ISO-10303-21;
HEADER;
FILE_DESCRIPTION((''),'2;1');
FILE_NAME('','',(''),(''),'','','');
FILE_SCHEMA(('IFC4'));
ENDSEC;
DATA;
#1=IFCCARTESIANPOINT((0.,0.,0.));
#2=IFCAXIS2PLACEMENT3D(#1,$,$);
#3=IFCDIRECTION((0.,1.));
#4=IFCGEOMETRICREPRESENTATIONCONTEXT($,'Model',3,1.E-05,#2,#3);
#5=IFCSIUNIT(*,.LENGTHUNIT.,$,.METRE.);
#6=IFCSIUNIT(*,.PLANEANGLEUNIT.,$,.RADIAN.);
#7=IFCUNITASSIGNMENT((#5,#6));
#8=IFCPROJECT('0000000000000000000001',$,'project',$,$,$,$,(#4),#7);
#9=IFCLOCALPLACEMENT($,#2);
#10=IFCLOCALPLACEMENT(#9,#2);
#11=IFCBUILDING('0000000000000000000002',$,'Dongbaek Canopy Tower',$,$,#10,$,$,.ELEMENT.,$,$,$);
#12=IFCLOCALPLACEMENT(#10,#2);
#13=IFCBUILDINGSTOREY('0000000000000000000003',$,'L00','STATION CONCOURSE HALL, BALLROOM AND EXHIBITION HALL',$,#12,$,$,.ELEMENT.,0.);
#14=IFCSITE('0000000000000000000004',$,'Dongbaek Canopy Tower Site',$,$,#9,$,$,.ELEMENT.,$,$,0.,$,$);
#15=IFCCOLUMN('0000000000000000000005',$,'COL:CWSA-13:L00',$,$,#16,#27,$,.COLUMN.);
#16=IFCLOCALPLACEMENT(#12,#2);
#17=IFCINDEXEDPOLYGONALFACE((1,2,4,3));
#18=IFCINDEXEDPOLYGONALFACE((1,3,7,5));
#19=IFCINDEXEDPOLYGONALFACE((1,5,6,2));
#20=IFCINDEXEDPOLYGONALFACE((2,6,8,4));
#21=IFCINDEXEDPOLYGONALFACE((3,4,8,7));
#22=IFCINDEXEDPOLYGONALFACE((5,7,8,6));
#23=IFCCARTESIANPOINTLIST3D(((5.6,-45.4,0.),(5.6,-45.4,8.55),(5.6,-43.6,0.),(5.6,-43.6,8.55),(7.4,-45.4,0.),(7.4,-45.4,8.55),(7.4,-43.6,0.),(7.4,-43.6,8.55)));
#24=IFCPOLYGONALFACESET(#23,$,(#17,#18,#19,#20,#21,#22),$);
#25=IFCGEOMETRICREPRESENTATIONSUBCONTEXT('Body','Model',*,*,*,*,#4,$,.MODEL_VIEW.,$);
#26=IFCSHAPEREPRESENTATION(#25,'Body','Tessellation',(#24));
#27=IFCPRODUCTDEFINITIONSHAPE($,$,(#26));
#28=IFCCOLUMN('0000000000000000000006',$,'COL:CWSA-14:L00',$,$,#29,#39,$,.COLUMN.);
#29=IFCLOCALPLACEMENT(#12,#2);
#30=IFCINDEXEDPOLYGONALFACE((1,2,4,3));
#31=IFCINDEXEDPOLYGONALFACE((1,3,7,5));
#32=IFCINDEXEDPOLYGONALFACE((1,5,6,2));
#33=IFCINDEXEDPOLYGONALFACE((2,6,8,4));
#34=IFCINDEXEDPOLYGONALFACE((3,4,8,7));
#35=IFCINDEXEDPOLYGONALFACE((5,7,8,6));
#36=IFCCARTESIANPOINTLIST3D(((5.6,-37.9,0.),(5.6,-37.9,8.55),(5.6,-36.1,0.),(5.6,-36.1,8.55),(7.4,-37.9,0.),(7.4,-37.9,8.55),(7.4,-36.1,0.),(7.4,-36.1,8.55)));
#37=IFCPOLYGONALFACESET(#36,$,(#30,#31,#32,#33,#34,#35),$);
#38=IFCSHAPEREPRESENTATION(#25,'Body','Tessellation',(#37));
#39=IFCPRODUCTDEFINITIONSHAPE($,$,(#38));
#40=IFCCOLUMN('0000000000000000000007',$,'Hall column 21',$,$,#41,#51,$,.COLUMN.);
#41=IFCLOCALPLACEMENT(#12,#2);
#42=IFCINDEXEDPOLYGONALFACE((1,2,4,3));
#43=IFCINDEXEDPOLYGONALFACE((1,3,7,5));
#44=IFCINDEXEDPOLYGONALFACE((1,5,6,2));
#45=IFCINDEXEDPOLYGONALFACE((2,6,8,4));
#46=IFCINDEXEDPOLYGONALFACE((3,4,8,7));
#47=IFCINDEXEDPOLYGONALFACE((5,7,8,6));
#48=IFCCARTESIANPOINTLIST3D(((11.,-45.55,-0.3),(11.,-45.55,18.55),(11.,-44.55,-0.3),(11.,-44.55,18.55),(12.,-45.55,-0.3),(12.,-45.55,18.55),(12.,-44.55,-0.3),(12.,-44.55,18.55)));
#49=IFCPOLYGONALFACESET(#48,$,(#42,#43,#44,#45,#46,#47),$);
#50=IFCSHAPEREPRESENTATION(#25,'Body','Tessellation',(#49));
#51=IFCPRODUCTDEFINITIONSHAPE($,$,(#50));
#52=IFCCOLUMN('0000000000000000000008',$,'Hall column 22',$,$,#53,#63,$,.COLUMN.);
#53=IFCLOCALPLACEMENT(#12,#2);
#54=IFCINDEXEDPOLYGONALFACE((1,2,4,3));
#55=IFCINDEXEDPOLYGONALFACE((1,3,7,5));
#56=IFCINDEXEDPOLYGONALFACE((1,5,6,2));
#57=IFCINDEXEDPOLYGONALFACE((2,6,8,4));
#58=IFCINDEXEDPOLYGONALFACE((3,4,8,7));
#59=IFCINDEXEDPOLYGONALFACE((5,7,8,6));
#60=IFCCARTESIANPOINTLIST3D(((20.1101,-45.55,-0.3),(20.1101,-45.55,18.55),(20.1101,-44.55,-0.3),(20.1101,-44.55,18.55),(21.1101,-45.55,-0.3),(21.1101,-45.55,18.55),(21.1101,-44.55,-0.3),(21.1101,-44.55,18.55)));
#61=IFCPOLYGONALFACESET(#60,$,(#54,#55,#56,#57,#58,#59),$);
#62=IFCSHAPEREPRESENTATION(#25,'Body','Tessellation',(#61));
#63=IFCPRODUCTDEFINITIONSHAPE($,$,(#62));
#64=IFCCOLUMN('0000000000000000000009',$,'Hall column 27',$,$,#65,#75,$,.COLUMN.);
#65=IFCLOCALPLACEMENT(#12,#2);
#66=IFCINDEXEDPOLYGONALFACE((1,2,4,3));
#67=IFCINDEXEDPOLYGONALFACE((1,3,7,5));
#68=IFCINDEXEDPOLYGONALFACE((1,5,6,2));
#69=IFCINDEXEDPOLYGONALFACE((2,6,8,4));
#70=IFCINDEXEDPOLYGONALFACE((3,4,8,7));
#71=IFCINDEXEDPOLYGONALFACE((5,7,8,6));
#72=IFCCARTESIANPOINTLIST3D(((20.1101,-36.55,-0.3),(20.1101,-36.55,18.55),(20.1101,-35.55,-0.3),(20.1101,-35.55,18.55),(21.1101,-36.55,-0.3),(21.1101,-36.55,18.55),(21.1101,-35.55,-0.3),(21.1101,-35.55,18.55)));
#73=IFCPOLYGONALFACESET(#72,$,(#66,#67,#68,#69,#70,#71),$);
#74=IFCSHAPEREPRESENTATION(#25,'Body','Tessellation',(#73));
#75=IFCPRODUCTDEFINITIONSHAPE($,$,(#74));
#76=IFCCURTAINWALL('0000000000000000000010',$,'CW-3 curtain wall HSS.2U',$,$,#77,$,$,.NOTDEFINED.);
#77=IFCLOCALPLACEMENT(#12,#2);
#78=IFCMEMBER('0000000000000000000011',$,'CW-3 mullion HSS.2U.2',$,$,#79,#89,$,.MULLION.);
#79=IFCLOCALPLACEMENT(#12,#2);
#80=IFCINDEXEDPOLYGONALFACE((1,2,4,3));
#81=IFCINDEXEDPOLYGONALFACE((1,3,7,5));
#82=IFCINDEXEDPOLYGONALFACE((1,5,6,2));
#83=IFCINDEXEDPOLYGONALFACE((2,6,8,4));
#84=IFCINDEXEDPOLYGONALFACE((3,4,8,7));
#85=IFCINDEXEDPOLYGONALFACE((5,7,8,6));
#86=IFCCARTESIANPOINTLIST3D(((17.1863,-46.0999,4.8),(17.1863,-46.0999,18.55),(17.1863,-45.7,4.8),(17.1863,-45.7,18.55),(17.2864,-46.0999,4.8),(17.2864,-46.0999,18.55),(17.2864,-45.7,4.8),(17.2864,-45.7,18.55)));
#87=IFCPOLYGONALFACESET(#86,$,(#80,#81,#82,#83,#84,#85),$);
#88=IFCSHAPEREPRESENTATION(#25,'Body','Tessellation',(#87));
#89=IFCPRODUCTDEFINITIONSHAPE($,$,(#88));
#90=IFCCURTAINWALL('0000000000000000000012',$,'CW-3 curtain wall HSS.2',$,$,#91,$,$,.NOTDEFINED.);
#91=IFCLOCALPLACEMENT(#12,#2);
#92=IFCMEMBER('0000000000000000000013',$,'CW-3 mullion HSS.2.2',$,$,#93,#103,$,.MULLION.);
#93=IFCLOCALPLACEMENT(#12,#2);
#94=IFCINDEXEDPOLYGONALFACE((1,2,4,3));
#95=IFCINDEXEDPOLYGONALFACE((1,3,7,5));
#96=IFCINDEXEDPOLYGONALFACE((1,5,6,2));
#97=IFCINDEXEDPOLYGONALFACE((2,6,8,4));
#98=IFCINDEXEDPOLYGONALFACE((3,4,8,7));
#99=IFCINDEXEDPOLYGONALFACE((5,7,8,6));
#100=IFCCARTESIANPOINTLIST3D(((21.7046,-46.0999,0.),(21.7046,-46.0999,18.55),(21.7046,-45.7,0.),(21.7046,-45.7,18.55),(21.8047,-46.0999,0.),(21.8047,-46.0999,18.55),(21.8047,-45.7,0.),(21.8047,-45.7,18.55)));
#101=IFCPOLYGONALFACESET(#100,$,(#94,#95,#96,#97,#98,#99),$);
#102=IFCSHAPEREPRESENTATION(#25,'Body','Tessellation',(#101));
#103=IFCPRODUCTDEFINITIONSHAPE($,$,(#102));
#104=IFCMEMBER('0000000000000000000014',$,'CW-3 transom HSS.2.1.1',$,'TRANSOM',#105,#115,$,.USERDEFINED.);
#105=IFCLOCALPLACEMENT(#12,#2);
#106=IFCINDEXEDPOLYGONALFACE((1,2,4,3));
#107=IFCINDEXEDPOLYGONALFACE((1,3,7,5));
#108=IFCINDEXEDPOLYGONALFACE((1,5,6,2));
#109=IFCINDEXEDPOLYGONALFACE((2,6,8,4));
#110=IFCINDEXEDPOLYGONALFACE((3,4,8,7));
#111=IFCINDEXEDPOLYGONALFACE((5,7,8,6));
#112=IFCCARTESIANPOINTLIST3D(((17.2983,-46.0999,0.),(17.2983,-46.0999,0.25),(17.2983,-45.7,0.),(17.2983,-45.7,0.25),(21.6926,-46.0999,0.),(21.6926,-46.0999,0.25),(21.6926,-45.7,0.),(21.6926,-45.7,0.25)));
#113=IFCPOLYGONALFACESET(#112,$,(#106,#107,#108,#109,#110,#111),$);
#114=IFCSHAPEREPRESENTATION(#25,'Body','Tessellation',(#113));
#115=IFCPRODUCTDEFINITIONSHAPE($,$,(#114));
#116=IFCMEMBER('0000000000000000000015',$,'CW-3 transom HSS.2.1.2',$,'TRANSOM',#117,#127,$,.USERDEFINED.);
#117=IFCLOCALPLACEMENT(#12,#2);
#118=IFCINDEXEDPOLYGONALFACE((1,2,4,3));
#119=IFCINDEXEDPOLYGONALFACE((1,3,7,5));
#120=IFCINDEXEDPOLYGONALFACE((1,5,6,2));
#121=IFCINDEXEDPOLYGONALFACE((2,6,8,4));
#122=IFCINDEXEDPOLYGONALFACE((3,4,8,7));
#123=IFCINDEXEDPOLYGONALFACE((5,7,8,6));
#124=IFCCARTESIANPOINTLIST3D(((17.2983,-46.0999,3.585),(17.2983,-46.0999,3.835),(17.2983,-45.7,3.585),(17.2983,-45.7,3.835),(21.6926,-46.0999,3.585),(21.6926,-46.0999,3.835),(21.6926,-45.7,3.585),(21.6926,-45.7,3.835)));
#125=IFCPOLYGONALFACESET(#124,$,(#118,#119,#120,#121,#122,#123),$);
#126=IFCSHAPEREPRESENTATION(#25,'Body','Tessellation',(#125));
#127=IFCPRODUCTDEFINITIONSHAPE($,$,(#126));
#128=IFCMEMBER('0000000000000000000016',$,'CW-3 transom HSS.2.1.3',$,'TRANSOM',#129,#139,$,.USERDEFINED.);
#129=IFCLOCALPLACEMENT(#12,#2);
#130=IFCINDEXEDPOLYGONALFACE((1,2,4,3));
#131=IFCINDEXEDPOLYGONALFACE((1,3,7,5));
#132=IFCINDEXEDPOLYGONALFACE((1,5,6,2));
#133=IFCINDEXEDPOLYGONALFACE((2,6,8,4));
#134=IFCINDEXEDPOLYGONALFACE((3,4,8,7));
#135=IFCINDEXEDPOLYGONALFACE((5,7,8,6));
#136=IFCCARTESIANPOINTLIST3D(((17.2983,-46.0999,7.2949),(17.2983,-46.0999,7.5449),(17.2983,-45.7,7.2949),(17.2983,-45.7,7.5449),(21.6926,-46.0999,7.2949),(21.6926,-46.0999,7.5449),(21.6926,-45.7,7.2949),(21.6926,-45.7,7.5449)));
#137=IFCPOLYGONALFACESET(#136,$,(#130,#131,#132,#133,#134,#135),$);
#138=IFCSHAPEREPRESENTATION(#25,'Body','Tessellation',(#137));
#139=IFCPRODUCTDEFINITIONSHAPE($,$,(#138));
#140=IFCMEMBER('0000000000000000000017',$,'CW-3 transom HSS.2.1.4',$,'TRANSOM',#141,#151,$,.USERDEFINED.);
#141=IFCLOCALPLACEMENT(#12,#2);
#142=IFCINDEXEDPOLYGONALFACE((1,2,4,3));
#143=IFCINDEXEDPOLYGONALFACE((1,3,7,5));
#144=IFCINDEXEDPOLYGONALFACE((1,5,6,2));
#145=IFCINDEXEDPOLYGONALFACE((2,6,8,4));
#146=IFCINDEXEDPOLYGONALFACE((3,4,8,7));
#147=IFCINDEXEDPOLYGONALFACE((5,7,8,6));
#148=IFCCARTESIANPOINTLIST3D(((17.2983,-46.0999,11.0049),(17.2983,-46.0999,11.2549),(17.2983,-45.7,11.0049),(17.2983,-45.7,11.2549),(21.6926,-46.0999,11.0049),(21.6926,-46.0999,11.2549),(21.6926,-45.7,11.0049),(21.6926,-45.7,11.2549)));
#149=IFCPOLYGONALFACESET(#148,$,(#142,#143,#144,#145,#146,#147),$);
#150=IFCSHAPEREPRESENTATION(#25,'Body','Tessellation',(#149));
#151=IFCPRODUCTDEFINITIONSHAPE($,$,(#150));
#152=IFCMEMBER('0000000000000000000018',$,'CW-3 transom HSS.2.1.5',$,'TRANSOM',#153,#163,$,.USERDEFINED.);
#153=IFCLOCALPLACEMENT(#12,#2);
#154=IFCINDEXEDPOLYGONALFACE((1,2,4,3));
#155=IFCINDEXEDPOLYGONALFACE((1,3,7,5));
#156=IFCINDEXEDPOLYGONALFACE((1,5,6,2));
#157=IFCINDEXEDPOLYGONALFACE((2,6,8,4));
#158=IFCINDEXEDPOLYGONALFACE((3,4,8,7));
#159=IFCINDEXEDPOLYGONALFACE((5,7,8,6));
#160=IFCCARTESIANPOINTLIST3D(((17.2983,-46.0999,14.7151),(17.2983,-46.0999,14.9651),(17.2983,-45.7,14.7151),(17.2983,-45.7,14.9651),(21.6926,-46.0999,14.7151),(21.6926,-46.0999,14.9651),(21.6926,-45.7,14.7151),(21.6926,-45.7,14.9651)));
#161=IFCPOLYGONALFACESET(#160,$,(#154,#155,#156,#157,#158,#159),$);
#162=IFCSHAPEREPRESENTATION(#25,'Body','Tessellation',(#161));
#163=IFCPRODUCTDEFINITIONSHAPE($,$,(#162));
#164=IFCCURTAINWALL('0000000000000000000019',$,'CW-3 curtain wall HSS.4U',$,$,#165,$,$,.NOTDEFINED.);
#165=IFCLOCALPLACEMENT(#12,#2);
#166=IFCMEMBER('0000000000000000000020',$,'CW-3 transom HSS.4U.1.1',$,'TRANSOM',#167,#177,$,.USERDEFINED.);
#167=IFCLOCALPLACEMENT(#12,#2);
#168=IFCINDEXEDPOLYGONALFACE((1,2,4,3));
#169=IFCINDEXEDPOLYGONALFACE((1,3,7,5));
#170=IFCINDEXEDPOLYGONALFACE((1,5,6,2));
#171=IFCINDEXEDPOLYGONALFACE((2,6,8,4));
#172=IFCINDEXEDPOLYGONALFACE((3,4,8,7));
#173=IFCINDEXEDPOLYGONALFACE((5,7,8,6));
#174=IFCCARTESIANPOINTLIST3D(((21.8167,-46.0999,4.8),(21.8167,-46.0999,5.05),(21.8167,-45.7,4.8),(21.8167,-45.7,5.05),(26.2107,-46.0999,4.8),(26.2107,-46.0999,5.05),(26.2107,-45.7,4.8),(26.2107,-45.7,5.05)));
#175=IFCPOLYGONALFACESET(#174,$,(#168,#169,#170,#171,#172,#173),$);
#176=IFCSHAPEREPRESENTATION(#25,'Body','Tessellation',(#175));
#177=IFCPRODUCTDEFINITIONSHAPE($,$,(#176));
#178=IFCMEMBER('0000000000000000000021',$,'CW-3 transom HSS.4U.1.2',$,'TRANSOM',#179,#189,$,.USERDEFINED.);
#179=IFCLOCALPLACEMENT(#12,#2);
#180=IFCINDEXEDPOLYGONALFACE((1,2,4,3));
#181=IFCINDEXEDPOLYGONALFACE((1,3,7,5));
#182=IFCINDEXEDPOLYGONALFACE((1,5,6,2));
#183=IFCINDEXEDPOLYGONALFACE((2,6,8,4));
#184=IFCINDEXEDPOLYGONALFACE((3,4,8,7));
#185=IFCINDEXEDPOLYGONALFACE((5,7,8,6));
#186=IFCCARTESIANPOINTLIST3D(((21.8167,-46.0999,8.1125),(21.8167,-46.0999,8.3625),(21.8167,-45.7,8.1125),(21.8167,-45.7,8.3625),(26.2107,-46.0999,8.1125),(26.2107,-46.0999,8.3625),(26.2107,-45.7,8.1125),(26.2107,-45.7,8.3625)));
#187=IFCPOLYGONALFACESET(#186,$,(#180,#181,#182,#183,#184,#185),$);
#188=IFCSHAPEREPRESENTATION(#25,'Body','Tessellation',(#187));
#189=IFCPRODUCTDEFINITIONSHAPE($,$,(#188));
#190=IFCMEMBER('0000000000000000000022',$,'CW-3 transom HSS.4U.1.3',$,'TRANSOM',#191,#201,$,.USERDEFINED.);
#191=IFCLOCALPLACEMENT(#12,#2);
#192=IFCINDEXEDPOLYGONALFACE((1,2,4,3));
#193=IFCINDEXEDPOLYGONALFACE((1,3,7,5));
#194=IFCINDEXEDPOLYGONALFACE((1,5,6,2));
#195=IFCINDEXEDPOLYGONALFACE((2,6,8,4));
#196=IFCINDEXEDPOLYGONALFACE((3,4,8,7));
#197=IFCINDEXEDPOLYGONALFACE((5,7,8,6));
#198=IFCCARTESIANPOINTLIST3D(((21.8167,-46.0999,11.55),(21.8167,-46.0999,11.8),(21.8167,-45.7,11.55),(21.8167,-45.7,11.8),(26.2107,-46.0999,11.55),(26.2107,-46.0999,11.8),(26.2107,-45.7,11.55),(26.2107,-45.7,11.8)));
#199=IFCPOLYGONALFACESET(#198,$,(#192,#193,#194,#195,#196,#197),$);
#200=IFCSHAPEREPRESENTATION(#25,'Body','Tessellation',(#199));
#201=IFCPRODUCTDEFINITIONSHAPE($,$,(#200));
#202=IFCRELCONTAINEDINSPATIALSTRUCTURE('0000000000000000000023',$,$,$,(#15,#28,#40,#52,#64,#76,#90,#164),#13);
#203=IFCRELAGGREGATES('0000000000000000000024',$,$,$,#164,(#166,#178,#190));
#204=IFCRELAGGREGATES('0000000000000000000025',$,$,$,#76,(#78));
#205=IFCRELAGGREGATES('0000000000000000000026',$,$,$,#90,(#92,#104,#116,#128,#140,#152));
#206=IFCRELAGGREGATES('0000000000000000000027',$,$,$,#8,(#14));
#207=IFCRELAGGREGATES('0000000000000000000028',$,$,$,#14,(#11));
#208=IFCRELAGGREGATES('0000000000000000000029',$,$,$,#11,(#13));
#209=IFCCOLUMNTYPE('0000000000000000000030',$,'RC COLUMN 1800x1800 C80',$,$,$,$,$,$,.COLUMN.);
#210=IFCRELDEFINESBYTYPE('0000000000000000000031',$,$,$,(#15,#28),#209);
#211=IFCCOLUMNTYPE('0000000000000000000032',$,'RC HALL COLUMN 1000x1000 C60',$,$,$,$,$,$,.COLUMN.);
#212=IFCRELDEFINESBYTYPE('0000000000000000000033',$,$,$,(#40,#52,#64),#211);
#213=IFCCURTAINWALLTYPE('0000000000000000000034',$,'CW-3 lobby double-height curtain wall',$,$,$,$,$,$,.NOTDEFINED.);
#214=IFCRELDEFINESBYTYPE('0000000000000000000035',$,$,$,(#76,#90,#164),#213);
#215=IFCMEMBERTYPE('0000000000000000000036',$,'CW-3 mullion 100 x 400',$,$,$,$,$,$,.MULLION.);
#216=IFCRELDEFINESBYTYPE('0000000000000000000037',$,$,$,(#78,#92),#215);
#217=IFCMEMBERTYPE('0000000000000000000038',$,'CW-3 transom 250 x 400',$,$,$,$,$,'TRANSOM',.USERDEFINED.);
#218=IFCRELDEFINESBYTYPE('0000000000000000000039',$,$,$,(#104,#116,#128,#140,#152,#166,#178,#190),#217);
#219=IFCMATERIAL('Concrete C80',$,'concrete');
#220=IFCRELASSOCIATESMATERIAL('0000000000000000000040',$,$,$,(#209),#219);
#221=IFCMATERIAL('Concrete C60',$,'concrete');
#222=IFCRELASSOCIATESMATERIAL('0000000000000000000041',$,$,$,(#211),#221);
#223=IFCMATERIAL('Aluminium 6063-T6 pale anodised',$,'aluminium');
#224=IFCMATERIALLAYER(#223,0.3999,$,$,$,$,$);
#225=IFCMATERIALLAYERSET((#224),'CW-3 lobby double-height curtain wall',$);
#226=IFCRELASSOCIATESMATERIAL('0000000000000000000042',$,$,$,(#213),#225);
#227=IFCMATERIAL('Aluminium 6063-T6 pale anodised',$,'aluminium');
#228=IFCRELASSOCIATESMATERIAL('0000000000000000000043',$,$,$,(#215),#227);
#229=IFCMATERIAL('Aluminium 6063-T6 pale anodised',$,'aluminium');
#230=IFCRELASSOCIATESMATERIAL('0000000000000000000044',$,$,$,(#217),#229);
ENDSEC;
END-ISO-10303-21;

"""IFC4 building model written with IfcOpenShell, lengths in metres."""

from ifc_helpers import new_model, si_unit, direction, frame, origin, origin_2d, place, context, subcontext, project, spatial, rectangle, extrude, material, layer, layer_set, material_profile, profile_set, type_object, element, aggregate, save


model = new_model("IFC4")

# Units and contexts
model_context = context("Model", 3, precision=1e-05, world=origin(), true_north=direction((0.0, 1.0)))
body_context = subcontext(model_context, "Body", "Model", "MODEL_VIEW")
ifc_project = project(units=[si_unit("LENGTHUNIT", "METRE"), si_unit("PLANEANGLEUNIT", "RADIAN")], contexts=[model_context])

# Site, building, storey
site_placement = place(None, origin())
site = spatial("IfcSite", under=ifc_project, at=site_placement, Name="Dongbaek Canopy Tower Site", CompositionType="ELEMENT", RefElevation=0.0)
building_placement = place(site_placement, origin())
building = spatial("IfcBuilding", under=site, at=building_placement, Name="Dongbaek Canopy Tower", CompositionType="ELEMENT")
storey_placement = place(building_placement, origin())
storey = spatial("IfcBuildingStorey", under=building, at=storey_placement, Name="L00", Description="STATION CONCOURSE HALL, BALLROOM AND EXHIBITION HALL", CompositionType="ELEMENT", Elevation=0.0)

# Columns
ifc_material_1 = material(Name="Concrete C80", Category="concrete")
ifc_material_profile_1 = material_profile(ifc_material_1, rectangle(XDim=1.8, YDim=1.8, at=origin_2d()), Name="RC COLUMN 1800x1800 C80")
ifc_profile_set_1 = profile_set([ifc_material_profile_1], Name="Concrete C80")
column_type_1 = type_object("IfcColumnType", Name="RC COLUMN 1800x1800 C80", PredefinedType="COLUMN", material=ifc_profile_set_1)
for number, where, z_axis, x_axis, name in (
    (1, (6.5, -44.5, 0.0), (0.0, 0.0, 1.0), (1.0, 0.0, 0.0), "COL:CWSA-13:L00"),
    (2, (6.5, -37.0, 0.0), (0.0, 0.0, 1.0), (1.0, 0.0, 0.0), "COL:CWSA-14:L00"),
):
    element("IfcColumn", number, at=place(storey_placement, frame(where, z_axis=z_axis, x_axis=x_axis)), inside=storey, type_object=column_type_1, Name=name, PredefinedType="COLUMN", context=body_context, shape_type="SweptSolid", body=[
        extrude(rectangle(XDim=1.8, YDim=1.8, at=origin_2d()), origin(), (0.0, 0.0, 1.0), 8.55),
    ])
ifc_material_2 = material(Name="Concrete C60", Category="concrete")
ifc_material_profile_2 = material_profile(ifc_material_2, rectangle(XDim=1.0, YDim=1.0, at=origin_2d()), Name="RC HALL COLUMN 1000x1000 C60")
ifc_profile_set_2 = profile_set([ifc_material_profile_2], Name="Concrete C60")
column_type_2 = type_object("IfcColumnType", Name="RC HALL COLUMN 1000x1000 C60", PredefinedType="COLUMN", material=ifc_profile_set_2)
for number, where, z_axis, x_axis, name in (
    (3, (11.5, -45.05, -0.3), (0.0, 0.0, 1.0), (1.0, 0.0, 0.0), "Hall column 21"),
    (4, (20.6101, -45.05, -0.3), (0.0, 0.0, 1.0), (1.0, 0.0, 0.0), "Hall column 22"),
    (5, (20.6101, -36.05, -0.3), (0.0, 0.0, 1.0), (1.0, 0.0, 0.0), "Hall column 27"),
):
    element("IfcColumn", number, at=place(storey_placement, frame(where, z_axis=z_axis, x_axis=x_axis)), inside=storey, type_object=column_type_2, Name=name, PredefinedType="COLUMN", context=body_context, shape_type="SweptSolid", body=[
        extrude(rectangle(XDim=1.0, YDim=1.0, at=origin_2d()), origin(), (0.0, 0.0, 1.0), 18.8501),
    ])

# Curtain wall, member
ifc_material_3 = material(Name="Aluminium 6063-T6 pale anodised", Category="aluminium")
ifc_layer_1 = layer(ifc_material_3, 0.3999)
ifc_layer_set_1 = layer_set([ifc_layer_1], Name="CW-3 lobby double-height curtain wall")
curtain_wall_type = type_object("IfcCurtainWallType", Name="CW-3 lobby double-height curtain wall", PredefinedType="NOTDEFINED", material=ifc_layer_set_1)
curtain_wall_1_placement = place(storey_placement, origin())
curtain_wall_1 = element("IfcCurtainWall", 6, at=curtain_wall_1_placement, inside=storey, type_object=curtain_wall_type, Name="CW-3 curtain wall HSS.2U", PredefinedType="NOTDEFINED")
ifc_material_4 = material(Name="Aluminium 6063-T6 pale anodised", Category="aluminium")
ifc_material_profile_3 = material_profile(ifc_material_4, rectangle(XDim=0.3999, YDim=0.1001, at=origin_2d()), Name="CW-3 mullion 100 x 400")
ifc_profile_set_3 = profile_set([ifc_material_profile_3], Name="Aluminium 6063-T6 pale anodised")
member_type_1 = type_object("IfcMemberType", Name="CW-3 mullion 100 x 400", PredefinedType="MULLION", material=ifc_profile_set_3)
member_1_placement = place(storey_placement, frame((17.2363, -45.8999, 4.8), z_axis=(0.0, 0.0, 1.0), x_axis=(0.0, -1.0, 0.0)))
member_1 = element("IfcMember", 7, at=member_1_placement, type_object=member_type_1, Name="CW-3 mullion HSS.2U.2", PredefinedType="MULLION", context=body_context, shape_type="SweptSolid", body=[
    extrude(rectangle(XDim=0.3999, YDim=0.1001, at=origin_2d()), origin(), (0.0, 0.0, 1.0), 13.75),
])

# Curtain walls, members
curtain_wall_2_placement = place(storey_placement, origin())
curtain_wall_2 = element("IfcCurtainWall", 8, at=curtain_wall_2_placement, inside=storey, type_object=curtain_wall_type, Name="CW-3 curtain wall HSS.2", PredefinedType="NOTDEFINED")
member_2_placement = place(storey_placement, frame((21.7546, -45.8999, 0.0), z_axis=(0.0, 0.0, 1.0), x_axis=(0.0, -1.0, 0.0)))
member_2 = element("IfcMember", 9, at=member_2_placement, type_object=member_type_1, Name="CW-3 mullion HSS.2.2", PredefinedType="MULLION", context=body_context, shape_type="SweptSolid", body=[
    extrude(rectangle(XDim=0.3999, YDim=0.1001, at=origin_2d()), origin(), (0.0, 0.0, 1.0), 18.55),
])
ifc_material_5 = material(Name="Aluminium 6063-T6 pale anodised", Category="aluminium")
ifc_material_profile_4 = material_profile(ifc_material_5, rectangle(XDim=0.3999, YDim=0.25, at=origin_2d()), Name="CW-3 transom 250 x 400")
ifc_profile_set_4 = profile_set([ifc_material_profile_4], Name="Aluminium 6063-T6 pale anodised")
member_type_2 = type_object("IfcMemberType", Name="CW-3 transom 250 x 400", ElementType="TRANSOM", PredefinedType="USERDEFINED", material=ifc_profile_set_4)
member_3_placement = place(storey_placement, frame((17.2983, -45.8999, 0.125), z_axis=(1.0, 0.0, 0.0), x_axis=(0.0, 1.0, 0.0)))
member_3 = element("IfcMember", 10, at=member_3_placement, type_object=member_type_2, Name="CW-3 transom HSS.2.1.1", ObjectType="TRANSOM", PredefinedType="USERDEFINED", context=body_context, shape_type="SweptSolid", body=[
    extrude(rectangle(XDim=0.3999, YDim=0.25, at=origin_2d()), origin(), (0.0, 0.0, 1.0), 4.3943),
])
member_4_placement = place(storey_placement, frame((17.2983, -45.8999, 3.71), z_axis=(1.0, 0.0, 0.0), x_axis=(0.0, 1.0, 0.0)))
member_4 = element("IfcMember", 11, at=member_4_placement, type_object=member_type_2, Name="CW-3 transom HSS.2.1.2", ObjectType="TRANSOM", PredefinedType="USERDEFINED", context=body_context, shape_type="SweptSolid", body=[
    extrude(rectangle(XDim=0.3999, YDim=0.25, at=origin_2d()), origin(), (0.0, 0.0, 1.0), 4.3943),
])
member_5_placement = place(storey_placement, frame((17.2983, -45.8999, 7.4199), z_axis=(1.0, 0.0, 0.0), x_axis=(0.0, 1.0, 0.0)))
member_5 = element("IfcMember", 12, at=member_5_placement, type_object=member_type_2, Name="CW-3 transom HSS.2.1.3", ObjectType="TRANSOM", PredefinedType="USERDEFINED", context=body_context, shape_type="SweptSolid", body=[
    extrude(rectangle(XDim=0.3999, YDim=0.25, at=origin_2d()), origin(), (0.0, 0.0, 1.0), 4.3943),
])
member_6_placement = place(storey_placement, frame((17.2983, -45.8999, 11.1299), z_axis=(1.0, 0.0, 0.0), x_axis=(0.0, 1.0, 0.0)))
member_6 = element("IfcMember", 13, at=member_6_placement, type_object=member_type_2, Name="CW-3 transom HSS.2.1.4", ObjectType="TRANSOM", PredefinedType="USERDEFINED", context=body_context, shape_type="SweptSolid", body=[
    extrude(rectangle(XDim=0.3999, YDim=0.25, at=origin_2d()), origin(), (0.0, 0.0, 1.0), 4.3943),
])
member_7_placement = place(storey_placement, frame((17.2983, -45.8999, 14.8401), z_axis=(1.0, 0.0, 0.0), x_axis=(0.0, 1.0, 0.0)))
member_7 = element("IfcMember", 14, at=member_7_placement, type_object=member_type_2, Name="CW-3 transom HSS.2.1.5", ObjectType="TRANSOM", PredefinedType="USERDEFINED", context=body_context, shape_type="SweptSolid", body=[
    extrude(rectangle(XDim=0.3999, YDim=0.25, at=origin_2d()), origin(), (0.0, 0.0, 1.0), 4.3943),
])
curtain_wall_3_placement = place(storey_placement, origin())
curtain_wall_3 = element("IfcCurtainWall", 15, at=curtain_wall_3_placement, inside=storey, type_object=curtain_wall_type, Name="CW-3 curtain wall HSS.4U", PredefinedType="NOTDEFINED")
member_8_placement = place(storey_placement, frame((21.8167, -45.8999, 4.925), z_axis=(1.0, 0.0, 0.0), x_axis=(0.0, 1.0, 0.0)))
member_8 = element("IfcMember", 16, at=member_8_placement, type_object=member_type_2, Name="CW-3 transom HSS.4U.1.1", ObjectType="TRANSOM", PredefinedType="USERDEFINED", context=body_context, shape_type="SweptSolid", body=[
    extrude(rectangle(XDim=0.3999, YDim=0.25, at=origin_2d()), origin(), (0.0, 0.0, 1.0), 4.394),
])
member_9_placement = place(storey_placement, frame((21.8167, -45.8999, 8.2375), z_axis=(1.0, 0.0, 0.0), x_axis=(0.0, 1.0, 0.0)))
member_9 = element("IfcMember", 17, at=member_9_placement, type_object=member_type_2, Name="CW-3 transom HSS.4U.1.2", ObjectType="TRANSOM", PredefinedType="USERDEFINED", context=body_context, shape_type="SweptSolid", body=[
    extrude(rectangle(XDim=0.3999, YDim=0.25, at=origin_2d()), origin(), (0.0, 0.0, 1.0), 4.394),
])
member_10_placement = place(storey_placement, frame((21.8167, -45.8999, 11.675), z_axis=(1.0, 0.0, 0.0), x_axis=(0.0, 1.0, 0.0)))
member_10 = element("IfcMember", 18, at=member_10_placement, type_object=member_type_2, Name="CW-3 transom HSS.4U.1.3", ObjectType="TRANSOM", PredefinedType="USERDEFINED", context=body_context, shape_type="SweptSolid", body=[
    extrude(rectangle(XDim=0.3999, YDim=0.25, at=origin_2d()), origin(), (0.0, 0.0, 1.0), 4.394),
])
aggregate(curtain_wall_3, [member_8, member_9, member_10])

aggregate(curtain_wall_1, [member_1])
aggregate(curtain_wall_2, [member_2, member_3, member_4, member_5, member_6, member_7])

save(model, "model.ifc")
